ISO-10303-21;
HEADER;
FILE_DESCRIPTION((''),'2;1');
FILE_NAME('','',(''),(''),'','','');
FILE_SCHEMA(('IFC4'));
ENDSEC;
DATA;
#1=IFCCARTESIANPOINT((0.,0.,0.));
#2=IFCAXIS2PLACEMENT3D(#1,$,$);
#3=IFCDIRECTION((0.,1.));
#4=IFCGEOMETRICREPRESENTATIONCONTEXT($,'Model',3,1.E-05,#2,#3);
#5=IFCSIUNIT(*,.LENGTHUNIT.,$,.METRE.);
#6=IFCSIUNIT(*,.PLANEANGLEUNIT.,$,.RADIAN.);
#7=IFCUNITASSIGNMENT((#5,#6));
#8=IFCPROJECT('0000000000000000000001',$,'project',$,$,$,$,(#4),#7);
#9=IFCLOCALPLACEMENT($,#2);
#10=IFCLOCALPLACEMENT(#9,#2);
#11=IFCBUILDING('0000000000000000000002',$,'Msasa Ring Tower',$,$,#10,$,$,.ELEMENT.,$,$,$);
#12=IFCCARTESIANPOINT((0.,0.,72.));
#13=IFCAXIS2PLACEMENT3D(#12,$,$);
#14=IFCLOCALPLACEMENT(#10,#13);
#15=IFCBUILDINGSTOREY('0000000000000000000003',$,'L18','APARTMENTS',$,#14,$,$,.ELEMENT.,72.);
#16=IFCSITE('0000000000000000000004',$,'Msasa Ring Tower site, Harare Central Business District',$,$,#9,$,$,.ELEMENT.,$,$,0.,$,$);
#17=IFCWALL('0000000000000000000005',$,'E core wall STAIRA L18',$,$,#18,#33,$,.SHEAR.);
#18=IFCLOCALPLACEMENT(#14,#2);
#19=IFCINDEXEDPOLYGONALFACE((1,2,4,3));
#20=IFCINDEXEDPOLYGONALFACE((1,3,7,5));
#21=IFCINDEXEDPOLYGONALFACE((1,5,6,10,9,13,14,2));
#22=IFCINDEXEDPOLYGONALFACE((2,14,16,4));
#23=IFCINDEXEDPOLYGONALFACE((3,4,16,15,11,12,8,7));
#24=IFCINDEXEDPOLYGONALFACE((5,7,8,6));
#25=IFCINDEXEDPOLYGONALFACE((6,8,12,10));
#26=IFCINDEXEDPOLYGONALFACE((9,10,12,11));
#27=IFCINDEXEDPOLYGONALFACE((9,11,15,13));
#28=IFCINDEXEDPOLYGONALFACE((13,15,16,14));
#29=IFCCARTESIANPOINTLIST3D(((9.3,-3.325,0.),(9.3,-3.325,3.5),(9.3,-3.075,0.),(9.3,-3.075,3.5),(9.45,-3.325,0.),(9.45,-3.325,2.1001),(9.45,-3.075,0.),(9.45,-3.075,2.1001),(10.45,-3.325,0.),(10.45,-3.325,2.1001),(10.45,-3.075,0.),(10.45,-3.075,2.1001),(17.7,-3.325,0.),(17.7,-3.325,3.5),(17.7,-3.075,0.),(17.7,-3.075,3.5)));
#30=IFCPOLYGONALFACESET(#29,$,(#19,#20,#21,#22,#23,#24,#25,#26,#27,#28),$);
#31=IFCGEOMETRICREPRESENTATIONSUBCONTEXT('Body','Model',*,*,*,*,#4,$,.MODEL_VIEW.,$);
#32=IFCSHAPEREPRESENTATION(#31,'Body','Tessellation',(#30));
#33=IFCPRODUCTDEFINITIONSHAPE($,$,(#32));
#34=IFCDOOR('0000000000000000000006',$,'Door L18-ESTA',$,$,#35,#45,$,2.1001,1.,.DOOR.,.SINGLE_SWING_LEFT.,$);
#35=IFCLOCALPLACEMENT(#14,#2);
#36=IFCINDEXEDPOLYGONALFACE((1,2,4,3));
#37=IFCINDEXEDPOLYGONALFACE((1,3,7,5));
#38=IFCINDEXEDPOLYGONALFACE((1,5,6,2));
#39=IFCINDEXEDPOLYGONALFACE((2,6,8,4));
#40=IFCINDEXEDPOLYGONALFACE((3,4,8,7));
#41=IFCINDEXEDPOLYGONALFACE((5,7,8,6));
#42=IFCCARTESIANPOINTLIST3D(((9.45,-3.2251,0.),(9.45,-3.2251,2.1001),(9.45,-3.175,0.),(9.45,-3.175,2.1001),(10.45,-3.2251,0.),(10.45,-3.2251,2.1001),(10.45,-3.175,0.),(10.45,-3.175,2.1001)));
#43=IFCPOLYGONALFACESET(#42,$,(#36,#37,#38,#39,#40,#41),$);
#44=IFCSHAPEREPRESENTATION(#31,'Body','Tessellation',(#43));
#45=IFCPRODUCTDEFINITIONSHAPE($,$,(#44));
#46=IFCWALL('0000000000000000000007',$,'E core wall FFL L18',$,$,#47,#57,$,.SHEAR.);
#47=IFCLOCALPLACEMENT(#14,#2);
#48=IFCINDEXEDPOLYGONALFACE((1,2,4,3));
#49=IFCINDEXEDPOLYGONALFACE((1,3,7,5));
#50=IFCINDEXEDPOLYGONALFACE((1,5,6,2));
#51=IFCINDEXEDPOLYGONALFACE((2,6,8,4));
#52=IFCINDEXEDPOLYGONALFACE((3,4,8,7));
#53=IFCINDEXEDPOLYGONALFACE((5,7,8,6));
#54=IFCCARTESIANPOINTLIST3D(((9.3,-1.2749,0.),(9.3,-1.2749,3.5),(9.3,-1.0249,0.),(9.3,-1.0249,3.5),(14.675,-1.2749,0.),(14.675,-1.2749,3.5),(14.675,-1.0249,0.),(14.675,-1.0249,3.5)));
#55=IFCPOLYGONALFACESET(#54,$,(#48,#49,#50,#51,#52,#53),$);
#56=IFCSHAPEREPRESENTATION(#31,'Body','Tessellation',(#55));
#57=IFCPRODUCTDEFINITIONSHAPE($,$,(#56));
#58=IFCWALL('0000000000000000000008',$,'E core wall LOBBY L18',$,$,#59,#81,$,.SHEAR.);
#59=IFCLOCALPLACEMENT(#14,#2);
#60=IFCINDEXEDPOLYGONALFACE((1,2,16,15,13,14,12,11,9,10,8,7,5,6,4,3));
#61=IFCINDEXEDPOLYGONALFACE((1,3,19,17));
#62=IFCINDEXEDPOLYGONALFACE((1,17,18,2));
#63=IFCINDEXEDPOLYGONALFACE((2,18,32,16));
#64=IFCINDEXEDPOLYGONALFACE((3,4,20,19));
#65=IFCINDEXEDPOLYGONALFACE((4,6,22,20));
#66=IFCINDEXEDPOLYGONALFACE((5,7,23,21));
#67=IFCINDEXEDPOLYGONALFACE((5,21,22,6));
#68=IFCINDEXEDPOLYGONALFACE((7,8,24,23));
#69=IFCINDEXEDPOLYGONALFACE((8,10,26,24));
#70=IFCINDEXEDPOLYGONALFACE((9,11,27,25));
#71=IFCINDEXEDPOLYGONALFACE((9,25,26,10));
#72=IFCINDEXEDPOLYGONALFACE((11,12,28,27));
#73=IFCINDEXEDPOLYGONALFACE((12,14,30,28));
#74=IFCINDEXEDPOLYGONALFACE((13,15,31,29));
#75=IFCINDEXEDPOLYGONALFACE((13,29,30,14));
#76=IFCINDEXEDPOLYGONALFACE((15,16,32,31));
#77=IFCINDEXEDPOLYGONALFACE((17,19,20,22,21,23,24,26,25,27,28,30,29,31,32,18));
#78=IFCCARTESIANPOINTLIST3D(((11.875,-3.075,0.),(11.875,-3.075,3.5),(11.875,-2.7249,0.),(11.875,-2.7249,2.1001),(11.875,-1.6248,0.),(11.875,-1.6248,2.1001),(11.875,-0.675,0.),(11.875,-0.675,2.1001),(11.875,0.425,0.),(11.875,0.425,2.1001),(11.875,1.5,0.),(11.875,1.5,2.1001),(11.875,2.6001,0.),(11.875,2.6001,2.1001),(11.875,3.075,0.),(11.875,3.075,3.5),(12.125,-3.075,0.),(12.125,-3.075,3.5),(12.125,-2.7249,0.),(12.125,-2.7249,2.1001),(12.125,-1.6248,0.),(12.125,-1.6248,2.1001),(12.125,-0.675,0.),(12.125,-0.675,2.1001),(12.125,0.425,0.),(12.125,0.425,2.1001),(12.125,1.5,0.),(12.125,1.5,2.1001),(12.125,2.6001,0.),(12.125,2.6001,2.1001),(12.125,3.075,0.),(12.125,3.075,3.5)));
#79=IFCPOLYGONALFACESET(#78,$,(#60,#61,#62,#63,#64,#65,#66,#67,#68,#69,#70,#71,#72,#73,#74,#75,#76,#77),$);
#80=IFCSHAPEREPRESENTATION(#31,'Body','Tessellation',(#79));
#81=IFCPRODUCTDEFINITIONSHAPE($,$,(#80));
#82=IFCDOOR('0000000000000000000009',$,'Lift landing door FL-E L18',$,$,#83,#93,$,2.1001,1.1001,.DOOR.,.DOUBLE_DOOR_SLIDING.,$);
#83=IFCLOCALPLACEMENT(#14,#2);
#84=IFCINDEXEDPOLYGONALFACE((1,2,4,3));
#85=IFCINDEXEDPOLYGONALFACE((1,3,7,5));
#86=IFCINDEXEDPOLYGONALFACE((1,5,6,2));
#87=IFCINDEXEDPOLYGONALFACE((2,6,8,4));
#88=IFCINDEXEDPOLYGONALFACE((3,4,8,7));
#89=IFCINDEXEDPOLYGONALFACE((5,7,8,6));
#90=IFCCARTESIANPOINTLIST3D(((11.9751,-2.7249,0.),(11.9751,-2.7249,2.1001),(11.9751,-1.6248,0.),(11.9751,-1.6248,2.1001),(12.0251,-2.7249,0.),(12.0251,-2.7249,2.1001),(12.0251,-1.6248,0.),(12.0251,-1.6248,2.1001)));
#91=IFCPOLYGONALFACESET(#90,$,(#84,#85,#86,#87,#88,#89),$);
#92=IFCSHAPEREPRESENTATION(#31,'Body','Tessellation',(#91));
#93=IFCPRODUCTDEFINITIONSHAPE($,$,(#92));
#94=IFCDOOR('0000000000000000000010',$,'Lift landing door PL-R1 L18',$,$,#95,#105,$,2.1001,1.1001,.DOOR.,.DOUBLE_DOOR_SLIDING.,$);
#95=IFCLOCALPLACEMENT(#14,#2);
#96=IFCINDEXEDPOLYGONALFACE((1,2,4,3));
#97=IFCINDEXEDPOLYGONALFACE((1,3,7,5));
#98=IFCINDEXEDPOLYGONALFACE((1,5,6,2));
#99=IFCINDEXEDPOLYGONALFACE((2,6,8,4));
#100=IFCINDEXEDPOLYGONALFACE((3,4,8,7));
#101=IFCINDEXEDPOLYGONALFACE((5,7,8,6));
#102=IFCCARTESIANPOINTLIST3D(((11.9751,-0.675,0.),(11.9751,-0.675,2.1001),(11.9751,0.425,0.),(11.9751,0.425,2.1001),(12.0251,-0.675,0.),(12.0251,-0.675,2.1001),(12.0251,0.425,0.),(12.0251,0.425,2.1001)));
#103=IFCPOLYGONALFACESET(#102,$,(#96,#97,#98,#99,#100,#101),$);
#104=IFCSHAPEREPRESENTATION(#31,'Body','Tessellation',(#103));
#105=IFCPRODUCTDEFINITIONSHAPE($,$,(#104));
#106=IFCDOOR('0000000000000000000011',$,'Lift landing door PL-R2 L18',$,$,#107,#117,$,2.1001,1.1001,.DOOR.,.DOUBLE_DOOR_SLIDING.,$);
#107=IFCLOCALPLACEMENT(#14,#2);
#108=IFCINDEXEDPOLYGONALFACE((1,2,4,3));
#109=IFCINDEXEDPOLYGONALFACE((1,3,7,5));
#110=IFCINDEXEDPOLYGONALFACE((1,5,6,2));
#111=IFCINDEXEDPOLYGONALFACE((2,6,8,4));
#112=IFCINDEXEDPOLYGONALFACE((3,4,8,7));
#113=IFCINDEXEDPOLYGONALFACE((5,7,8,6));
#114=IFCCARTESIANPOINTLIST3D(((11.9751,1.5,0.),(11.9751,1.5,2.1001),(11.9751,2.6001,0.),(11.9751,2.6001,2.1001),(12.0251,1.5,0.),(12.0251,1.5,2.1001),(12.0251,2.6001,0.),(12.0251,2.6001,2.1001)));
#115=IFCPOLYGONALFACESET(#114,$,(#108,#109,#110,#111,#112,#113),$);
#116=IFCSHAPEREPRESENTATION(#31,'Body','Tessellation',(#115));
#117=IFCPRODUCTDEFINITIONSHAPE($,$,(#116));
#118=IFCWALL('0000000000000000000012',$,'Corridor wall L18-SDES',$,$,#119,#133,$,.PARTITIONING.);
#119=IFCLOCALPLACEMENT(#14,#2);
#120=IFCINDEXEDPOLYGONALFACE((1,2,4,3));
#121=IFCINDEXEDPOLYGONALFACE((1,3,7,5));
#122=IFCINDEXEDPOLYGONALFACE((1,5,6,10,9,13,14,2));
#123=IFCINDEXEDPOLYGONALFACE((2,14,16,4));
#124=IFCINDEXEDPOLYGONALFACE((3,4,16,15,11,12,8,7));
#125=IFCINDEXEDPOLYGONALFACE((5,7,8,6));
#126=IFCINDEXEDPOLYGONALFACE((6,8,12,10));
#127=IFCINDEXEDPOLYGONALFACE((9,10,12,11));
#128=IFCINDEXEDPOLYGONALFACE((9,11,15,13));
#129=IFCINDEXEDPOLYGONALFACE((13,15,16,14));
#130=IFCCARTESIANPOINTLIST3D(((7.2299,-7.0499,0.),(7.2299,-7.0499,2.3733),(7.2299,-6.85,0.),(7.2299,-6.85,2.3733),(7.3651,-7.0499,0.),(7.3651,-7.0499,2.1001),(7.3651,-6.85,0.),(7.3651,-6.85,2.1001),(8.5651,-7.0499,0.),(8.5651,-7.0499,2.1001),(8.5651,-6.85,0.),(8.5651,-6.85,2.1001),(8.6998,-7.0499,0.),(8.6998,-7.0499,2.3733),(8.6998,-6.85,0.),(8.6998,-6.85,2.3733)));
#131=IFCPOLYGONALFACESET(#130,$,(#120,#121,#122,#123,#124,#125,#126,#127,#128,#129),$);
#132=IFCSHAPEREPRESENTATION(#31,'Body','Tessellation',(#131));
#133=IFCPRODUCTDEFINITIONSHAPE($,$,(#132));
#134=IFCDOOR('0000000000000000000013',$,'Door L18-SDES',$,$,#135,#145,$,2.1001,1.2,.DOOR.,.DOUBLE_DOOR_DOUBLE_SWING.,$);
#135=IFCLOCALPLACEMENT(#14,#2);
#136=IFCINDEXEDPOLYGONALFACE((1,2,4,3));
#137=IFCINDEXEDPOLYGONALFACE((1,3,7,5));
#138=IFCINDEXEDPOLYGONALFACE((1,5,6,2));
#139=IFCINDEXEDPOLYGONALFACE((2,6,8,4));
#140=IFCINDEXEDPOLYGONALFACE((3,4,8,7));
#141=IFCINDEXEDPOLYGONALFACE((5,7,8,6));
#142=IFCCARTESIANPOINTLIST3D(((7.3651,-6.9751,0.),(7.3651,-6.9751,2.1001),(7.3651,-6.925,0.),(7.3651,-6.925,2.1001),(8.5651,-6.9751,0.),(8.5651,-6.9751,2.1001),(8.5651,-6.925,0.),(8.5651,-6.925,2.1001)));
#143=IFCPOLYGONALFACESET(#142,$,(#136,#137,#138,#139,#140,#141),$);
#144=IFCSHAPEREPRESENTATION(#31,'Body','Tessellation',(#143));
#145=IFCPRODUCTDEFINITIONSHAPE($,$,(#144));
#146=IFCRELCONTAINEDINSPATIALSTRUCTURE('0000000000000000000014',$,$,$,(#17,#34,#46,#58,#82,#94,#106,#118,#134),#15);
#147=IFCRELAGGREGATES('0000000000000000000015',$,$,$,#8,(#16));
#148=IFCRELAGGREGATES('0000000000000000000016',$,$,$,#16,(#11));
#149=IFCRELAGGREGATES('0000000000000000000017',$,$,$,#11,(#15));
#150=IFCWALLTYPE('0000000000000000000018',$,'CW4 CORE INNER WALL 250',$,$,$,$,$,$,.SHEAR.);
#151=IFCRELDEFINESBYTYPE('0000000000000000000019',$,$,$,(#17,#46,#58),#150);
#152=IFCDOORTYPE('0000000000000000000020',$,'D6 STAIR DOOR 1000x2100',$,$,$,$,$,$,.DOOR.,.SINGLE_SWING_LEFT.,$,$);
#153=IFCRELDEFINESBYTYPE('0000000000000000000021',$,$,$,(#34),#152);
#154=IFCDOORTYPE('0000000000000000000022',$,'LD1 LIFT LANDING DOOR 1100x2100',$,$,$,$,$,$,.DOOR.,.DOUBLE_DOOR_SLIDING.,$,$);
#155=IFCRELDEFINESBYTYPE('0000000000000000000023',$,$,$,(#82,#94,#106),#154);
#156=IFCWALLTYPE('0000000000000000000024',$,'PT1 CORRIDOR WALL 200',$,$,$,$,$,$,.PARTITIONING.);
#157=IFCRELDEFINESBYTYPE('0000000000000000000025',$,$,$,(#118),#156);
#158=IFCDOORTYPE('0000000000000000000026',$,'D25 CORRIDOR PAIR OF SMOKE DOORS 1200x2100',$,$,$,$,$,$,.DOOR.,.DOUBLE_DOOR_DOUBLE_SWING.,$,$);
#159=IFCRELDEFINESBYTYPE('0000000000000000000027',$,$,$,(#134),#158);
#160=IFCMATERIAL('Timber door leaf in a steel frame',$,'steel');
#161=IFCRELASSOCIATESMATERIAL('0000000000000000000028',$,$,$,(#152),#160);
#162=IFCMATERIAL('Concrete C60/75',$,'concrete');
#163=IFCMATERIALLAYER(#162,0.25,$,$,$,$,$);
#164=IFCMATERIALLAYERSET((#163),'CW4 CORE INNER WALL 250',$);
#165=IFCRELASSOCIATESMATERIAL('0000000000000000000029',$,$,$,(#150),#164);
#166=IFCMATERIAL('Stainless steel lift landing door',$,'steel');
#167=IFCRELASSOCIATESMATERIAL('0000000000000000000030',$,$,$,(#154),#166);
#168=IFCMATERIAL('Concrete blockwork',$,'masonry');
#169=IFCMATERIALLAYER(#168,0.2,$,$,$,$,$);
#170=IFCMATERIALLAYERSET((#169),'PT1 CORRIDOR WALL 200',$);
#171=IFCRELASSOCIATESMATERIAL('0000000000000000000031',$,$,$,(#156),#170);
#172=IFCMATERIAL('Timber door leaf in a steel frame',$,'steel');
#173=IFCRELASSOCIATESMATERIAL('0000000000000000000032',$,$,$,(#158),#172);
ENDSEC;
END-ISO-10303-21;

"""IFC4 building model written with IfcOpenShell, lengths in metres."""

from ifc_helpers import new_model, si_unit, direction, frame, frame_2d, origin, place, context, subcontext, project, spatial, rectangle, extrude, material, layer, layer_set, type_object, element, fill, save


model = new_model("IFC4")

# Units and contexts
model_context = context("Model", 3, precision=1e-05, world=origin(), true_north=direction((0.0, 1.0)))
body_context = subcontext(model_context, "Body", "Model", "MODEL_VIEW")
ifc_project = project(units=[si_unit("LENGTHUNIT", "METRE"), si_unit("PLANEANGLEUNIT", "RADIAN")], contexts=[model_context])

# Site, building, storey
site_placement = place(None, origin())
site = spatial("IfcSite", under=ifc_project, at=site_placement, Name="Msasa Ring Tower site, Harare Central Business District", CompositionType="ELEMENT", RefElevation=0.0)
building_placement = place(site_placement, origin())
building = spatial("IfcBuilding", under=site, at=building_placement, Name="Msasa Ring Tower", CompositionType="ELEMENT")
storey_placement = place(building_placement, frame((0.0, 0.0, 72.0)))
storey = spatial("IfcBuildingStorey", under=building, at=storey_placement, Name="L18", Description="APARTMENTS", CompositionType="ELEMENT", Elevation=72.0)

# Shared definitions
ifc_material_1 = material(Name="Timber door leaf in a steel frame", Category="steel")
door_type_1 = type_object("IfcDoorType", Name="D6 STAIR DOOR 1000x2100", OperationType="SINGLE_SWING_LEFT", PredefinedType="DOOR", material=ifc_material_1)

# Wall, opening, door
ifc_material_2 = material(Name="Concrete C60/75", Category="concrete")
ifc_layer_1 = layer(ifc_material_2, 0.25)
ifc_layer_set_1 = layer_set([ifc_layer_1], Name="CW4 CORE INNER WALL 250")
wall_type_1 = type_object("IfcWallType", Name="CW4 CORE INNER WALL 250", PredefinedType="SHEAR", material=ifc_layer_set_1)
wall_1_placement = place(storey_placement, frame((9.3, -3.2, 0.0), z_axis=(0.0, 0.0, 1.0), x_axis=(1.0, 0.0, 0.0)))
wall_1 = element("IfcWall", 1, at=wall_1_placement, inside=storey, type_object=wall_type_1, Name="E core wall STAIRA L18", PredefinedType="SHEAR", context=body_context, shape_type="SweptSolid", body=[
    extrude(rectangle(XDim=8.3999, YDim=0.25, at=frame_2d((4.2, 0.0))), origin(), (0.0, 0.0, 1.0), 3.5),
])
opening_1_placement = place(wall_1_placement, frame((0.1499, 0.0, 0.0)))
opening_1 = element("IfcOpeningElement", 2, at=opening_1_placement, cuts=wall_1, PredefinedType="OPENING", context=body_context, shape_type="SweptSolid", body=[
    extrude(rectangle(XDim=1.0, YDim=2.1001, at=frame_2d((0.5, 1.05))), frame((0.0, 0.135, 0.0), z_axis=(0.0, -1.0, 0.0), x_axis=(1.0, 0.0, 0.0)), (0.0, 0.0, 1.0), 0.27),
])
door_1_placement = place(opening_1_placement, origin())
door_1 = element("IfcDoor", 3, at=door_1_placement, inside=storey, type_object=door_type_1, Name="Door L18-ESTA", OperationType="SINGLE_SWING_LEFT", OverallHeight=2.1001, OverallWidth=1.0, PredefinedType="DOOR", context=body_context, shape_type="SweptSolid", body=[
    extrude(rectangle(XDim=1.0, YDim=2.1001, at=frame_2d((0.5, 1.05))), frame((0.0, 0.0249, 0.0), z_axis=(0.0, -1.0, 0.0), x_axis=(1.0, 0.0, 0.0)), (0.0, 0.0, 1.0), 0.05),
])
fill(opening_1, door_1)

# Wall
wall_2_placement = place(storey_placement, frame((9.3, -1.1499, 0.0), z_axis=(0.0, 0.0, 1.0), x_axis=(1.0, 0.0, 0.0)))
element("IfcWall", 4, at=wall_2_placement, inside=storey, type_object=wall_type_1, Name="E core wall FFL L18", PredefinedType="SHEAR", context=body_context, shape_type="SweptSolid", body=[
    extrude(rectangle(XDim=5.375, YDim=0.25, at=frame_2d((2.6875, 0.0))), origin(), (0.0, 0.0, 1.0), 3.5),
])

# Wall, openings, doors
wall_3_placement = place(storey_placement, frame((12.0, -3.075, 0.0), z_axis=(0.0, 0.0, 1.0), x_axis=(0.0, 1.0, 0.0)))
wall_3 = element("IfcWall", 5, at=wall_3_placement, inside=storey, type_object=wall_type_1, Name="E core wall LOBBY L18", PredefinedType="SHEAR", context=body_context, shape_type="SweptSolid", body=[
    extrude(rectangle(XDim=6.1499, YDim=0.25, at=frame_2d((3.075, 0.0))), origin(), (0.0, 0.0, 1.0), 3.5),
])
opening_2_placement = place(wall_3_placement, frame((0.3501, 0.0, 0.0)))
opening_2 = element("IfcOpeningElement", 6, at=opening_2_placement, cuts=wall_3, PredefinedType="OPENING", context=body_context, shape_type="SweptSolid", body=[
    extrude(rectangle(XDim=1.1001, YDim=2.1001, at=frame_2d((0.55, 1.05))), frame((0.0, 0.135, 0.0), z_axis=(0.0, -1.0, 0.0), x_axis=(1.0, 0.0, 0.0)), (0.0, 0.0, 1.0), 0.27),
])
opening_3_placement = place(wall_3_placement, frame((2.3999, 0.0, 0.0)))
opening_3 = element("IfcOpeningElement", 7, at=opening_3_placement, cuts=wall_3, PredefinedType="OPENING", context=body_context, shape_type="SweptSolid", body=[
    extrude(rectangle(XDim=1.1001, YDim=2.1001, at=frame_2d((0.55, 1.05))), frame((0.0, 0.135, 0.0), z_axis=(0.0, -1.0, 0.0), x_axis=(1.0, 0.0, 0.0)), (0.0, 0.0, 1.0), 0.27),
])
opening_4_placement = place(wall_3_placement, frame((4.575, 0.0, 0.0)))
opening_4 = element("IfcOpeningElement", 8, at=opening_4_placement, cuts=wall_3, PredefinedType="OPENING", context=body_context, shape_type="SweptSolid", body=[
    extrude(rectangle(XDim=1.1001, YDim=2.1001, at=frame_2d((0.55, 1.05))), frame((0.0, 0.135, 0.0), z_axis=(0.0, -1.0, 0.0), x_axis=(1.0, 0.0, 0.0)), (0.0, 0.0, 1.0), 0.27),
])
ifc_material_3 = material(Name="Stainless steel lift landing door", Category="steel")
door_type_2 = type_object("IfcDoorType", Name="LD1 LIFT LANDING DOOR 1100x2100", OperationType="DOUBLE_DOOR_SLIDING", PredefinedType="DOOR", material=ifc_material_3)
door_2_placement = place(opening_2_placement, origin())
door_2 = element("IfcDoor", 9, at=door_2_placement, inside=storey, type_object=door_type_2, Name="Lift landing door FL-E L18", OperationType="DOUBLE_DOOR_SLIDING", OverallHeight=2.1001, OverallWidth=1.1001, PredefinedType="DOOR", context=body_context, shape_type="SweptSolid", body=[
    extrude(rectangle(XDim=1.1001, YDim=2.1001, at=frame_2d((0.55, 1.05))), frame((0.0, 0.0249, 0.0), z_axis=(0.0, -1.0, 0.0), x_axis=(1.0, 0.0, 0.0)), (0.0, 0.0, 1.0), 0.05),
])
fill(opening_2, door_2)
door_3_placement = place(opening_3_placement, origin())
door_3 = element("IfcDoor", 10, at=door_3_placement, inside=storey, type_object=door_type_2, Name="Lift landing door PL-R1 L18", OperationType="DOUBLE_DOOR_SLIDING", OverallHeight=2.1001, OverallWidth=1.1001, PredefinedType="DOOR", context=body_context, shape_type="SweptSolid", body=[
    extrude(rectangle(XDim=1.1001, YDim=2.1001, at=frame_2d((0.55, 1.05))), frame((0.0, 0.0249, 0.0), z_axis=(0.0, -1.0, 0.0), x_axis=(1.0, 0.0, 0.0)), (0.0, 0.0, 1.0), 0.05),
])
fill(opening_3, door_3)
door_4_placement = place(opening_4_placement, origin())
door_4 = element("IfcDoor", 11, at=door_4_placement, inside=storey, type_object=door_type_2, Name="Lift landing door PL-R2 L18", OperationType="DOUBLE_DOOR_SLIDING", OverallHeight=2.1001, OverallWidth=1.1001, PredefinedType="DOOR", context=body_context, shape_type="SweptSolid", body=[
    extrude(rectangle(XDim=1.1001, YDim=2.1001, at=frame_2d((0.55, 1.05))), frame((0.0, 0.0249, 0.0), z_axis=(0.0, -1.0, 0.0), x_axis=(1.0, 0.0, 0.0)), (0.0, 0.0, 1.0), 0.05),
])
fill(opening_4, door_4)

# Wall, opening, door
ifc_material_4 = material(Name="Concrete blockwork", Category="masonry")
ifc_layer_2 = layer(ifc_material_4, 0.2)
ifc_layer_set_2 = layer_set([ifc_layer_2], Name="PT1 CORRIDOR WALL 200")
wall_type_2 = type_object("IfcWallType", Name="PT1 CORRIDOR WALL 200", PredefinedType="PARTITIONING", material=ifc_layer_set_2)
wall_4_placement = place(storey_placement, frame((7.23, -6.95, 0.0), z_axis=(0.0, 0.0, 1.0), x_axis=(1.0, 0.0, 0.0)))
wall_4 = element("IfcWall", 12, at=wall_4_placement, inside=storey, type_object=wall_type_2, Name="Corridor wall L18-SDES", PredefinedType="PARTITIONING", context=body_context, shape_type="SweptSolid", body=[
    extrude(rectangle(XDim=1.47, YDim=0.2, at=frame_2d((0.7349, 0.0))), origin(), (0.0, 0.0, 1.0), 2.3733),
])
opening_5_placement = place(wall_4_placement, frame((0.135, 0.0, 0.0)))
opening_5 = element("IfcOpeningElement", 13, at=opening_5_placement, cuts=wall_4, PredefinedType="OPENING", context=body_context, shape_type="SweptSolid", body=[
    extrude(rectangle(XDim=1.2, YDim=2.1001, at=frame_2d((0.6001, 1.05))), frame((0.0, 0.1099, 0.0), z_axis=(0.0, -1.0, 0.0), x_axis=(1.0, 0.0, 0.0)), (0.0, 0.0, 1.0), 0.22),
])
ifc_material_5 = material(Name="Timber door leaf in a steel frame", Category="steel")
door_type_3 = type_object("IfcDoorType", Name="D25 CORRIDOR PAIR OF SMOKE DOORS 1200x2100", OperationType="DOUBLE_DOOR_DOUBLE_SWING", PredefinedType="DOOR", material=ifc_material_5)
door_5_placement = place(opening_5_placement, origin())
door_5 = element("IfcDoor", 14, at=door_5_placement, inside=storey, type_object=door_type_3, Name="Door L18-SDES", OperationType="DOUBLE_DOOR_DOUBLE_SWING", OverallHeight=2.1001, OverallWidth=1.2, PredefinedType="DOOR", context=body_context, shape_type="SweptSolid", body=[
    extrude(rectangle(XDim=1.2, YDim=2.1001, at=frame_2d((0.6001, 1.05))), frame((0.0, 0.0249, 0.0), z_axis=(0.0, -1.0, 0.0), x_axis=(1.0, 0.0, 0.0)), (0.0, 0.0, 1.0), 0.05),
])
fill(opening_5, door_5)

save(model, "model.ifc")
